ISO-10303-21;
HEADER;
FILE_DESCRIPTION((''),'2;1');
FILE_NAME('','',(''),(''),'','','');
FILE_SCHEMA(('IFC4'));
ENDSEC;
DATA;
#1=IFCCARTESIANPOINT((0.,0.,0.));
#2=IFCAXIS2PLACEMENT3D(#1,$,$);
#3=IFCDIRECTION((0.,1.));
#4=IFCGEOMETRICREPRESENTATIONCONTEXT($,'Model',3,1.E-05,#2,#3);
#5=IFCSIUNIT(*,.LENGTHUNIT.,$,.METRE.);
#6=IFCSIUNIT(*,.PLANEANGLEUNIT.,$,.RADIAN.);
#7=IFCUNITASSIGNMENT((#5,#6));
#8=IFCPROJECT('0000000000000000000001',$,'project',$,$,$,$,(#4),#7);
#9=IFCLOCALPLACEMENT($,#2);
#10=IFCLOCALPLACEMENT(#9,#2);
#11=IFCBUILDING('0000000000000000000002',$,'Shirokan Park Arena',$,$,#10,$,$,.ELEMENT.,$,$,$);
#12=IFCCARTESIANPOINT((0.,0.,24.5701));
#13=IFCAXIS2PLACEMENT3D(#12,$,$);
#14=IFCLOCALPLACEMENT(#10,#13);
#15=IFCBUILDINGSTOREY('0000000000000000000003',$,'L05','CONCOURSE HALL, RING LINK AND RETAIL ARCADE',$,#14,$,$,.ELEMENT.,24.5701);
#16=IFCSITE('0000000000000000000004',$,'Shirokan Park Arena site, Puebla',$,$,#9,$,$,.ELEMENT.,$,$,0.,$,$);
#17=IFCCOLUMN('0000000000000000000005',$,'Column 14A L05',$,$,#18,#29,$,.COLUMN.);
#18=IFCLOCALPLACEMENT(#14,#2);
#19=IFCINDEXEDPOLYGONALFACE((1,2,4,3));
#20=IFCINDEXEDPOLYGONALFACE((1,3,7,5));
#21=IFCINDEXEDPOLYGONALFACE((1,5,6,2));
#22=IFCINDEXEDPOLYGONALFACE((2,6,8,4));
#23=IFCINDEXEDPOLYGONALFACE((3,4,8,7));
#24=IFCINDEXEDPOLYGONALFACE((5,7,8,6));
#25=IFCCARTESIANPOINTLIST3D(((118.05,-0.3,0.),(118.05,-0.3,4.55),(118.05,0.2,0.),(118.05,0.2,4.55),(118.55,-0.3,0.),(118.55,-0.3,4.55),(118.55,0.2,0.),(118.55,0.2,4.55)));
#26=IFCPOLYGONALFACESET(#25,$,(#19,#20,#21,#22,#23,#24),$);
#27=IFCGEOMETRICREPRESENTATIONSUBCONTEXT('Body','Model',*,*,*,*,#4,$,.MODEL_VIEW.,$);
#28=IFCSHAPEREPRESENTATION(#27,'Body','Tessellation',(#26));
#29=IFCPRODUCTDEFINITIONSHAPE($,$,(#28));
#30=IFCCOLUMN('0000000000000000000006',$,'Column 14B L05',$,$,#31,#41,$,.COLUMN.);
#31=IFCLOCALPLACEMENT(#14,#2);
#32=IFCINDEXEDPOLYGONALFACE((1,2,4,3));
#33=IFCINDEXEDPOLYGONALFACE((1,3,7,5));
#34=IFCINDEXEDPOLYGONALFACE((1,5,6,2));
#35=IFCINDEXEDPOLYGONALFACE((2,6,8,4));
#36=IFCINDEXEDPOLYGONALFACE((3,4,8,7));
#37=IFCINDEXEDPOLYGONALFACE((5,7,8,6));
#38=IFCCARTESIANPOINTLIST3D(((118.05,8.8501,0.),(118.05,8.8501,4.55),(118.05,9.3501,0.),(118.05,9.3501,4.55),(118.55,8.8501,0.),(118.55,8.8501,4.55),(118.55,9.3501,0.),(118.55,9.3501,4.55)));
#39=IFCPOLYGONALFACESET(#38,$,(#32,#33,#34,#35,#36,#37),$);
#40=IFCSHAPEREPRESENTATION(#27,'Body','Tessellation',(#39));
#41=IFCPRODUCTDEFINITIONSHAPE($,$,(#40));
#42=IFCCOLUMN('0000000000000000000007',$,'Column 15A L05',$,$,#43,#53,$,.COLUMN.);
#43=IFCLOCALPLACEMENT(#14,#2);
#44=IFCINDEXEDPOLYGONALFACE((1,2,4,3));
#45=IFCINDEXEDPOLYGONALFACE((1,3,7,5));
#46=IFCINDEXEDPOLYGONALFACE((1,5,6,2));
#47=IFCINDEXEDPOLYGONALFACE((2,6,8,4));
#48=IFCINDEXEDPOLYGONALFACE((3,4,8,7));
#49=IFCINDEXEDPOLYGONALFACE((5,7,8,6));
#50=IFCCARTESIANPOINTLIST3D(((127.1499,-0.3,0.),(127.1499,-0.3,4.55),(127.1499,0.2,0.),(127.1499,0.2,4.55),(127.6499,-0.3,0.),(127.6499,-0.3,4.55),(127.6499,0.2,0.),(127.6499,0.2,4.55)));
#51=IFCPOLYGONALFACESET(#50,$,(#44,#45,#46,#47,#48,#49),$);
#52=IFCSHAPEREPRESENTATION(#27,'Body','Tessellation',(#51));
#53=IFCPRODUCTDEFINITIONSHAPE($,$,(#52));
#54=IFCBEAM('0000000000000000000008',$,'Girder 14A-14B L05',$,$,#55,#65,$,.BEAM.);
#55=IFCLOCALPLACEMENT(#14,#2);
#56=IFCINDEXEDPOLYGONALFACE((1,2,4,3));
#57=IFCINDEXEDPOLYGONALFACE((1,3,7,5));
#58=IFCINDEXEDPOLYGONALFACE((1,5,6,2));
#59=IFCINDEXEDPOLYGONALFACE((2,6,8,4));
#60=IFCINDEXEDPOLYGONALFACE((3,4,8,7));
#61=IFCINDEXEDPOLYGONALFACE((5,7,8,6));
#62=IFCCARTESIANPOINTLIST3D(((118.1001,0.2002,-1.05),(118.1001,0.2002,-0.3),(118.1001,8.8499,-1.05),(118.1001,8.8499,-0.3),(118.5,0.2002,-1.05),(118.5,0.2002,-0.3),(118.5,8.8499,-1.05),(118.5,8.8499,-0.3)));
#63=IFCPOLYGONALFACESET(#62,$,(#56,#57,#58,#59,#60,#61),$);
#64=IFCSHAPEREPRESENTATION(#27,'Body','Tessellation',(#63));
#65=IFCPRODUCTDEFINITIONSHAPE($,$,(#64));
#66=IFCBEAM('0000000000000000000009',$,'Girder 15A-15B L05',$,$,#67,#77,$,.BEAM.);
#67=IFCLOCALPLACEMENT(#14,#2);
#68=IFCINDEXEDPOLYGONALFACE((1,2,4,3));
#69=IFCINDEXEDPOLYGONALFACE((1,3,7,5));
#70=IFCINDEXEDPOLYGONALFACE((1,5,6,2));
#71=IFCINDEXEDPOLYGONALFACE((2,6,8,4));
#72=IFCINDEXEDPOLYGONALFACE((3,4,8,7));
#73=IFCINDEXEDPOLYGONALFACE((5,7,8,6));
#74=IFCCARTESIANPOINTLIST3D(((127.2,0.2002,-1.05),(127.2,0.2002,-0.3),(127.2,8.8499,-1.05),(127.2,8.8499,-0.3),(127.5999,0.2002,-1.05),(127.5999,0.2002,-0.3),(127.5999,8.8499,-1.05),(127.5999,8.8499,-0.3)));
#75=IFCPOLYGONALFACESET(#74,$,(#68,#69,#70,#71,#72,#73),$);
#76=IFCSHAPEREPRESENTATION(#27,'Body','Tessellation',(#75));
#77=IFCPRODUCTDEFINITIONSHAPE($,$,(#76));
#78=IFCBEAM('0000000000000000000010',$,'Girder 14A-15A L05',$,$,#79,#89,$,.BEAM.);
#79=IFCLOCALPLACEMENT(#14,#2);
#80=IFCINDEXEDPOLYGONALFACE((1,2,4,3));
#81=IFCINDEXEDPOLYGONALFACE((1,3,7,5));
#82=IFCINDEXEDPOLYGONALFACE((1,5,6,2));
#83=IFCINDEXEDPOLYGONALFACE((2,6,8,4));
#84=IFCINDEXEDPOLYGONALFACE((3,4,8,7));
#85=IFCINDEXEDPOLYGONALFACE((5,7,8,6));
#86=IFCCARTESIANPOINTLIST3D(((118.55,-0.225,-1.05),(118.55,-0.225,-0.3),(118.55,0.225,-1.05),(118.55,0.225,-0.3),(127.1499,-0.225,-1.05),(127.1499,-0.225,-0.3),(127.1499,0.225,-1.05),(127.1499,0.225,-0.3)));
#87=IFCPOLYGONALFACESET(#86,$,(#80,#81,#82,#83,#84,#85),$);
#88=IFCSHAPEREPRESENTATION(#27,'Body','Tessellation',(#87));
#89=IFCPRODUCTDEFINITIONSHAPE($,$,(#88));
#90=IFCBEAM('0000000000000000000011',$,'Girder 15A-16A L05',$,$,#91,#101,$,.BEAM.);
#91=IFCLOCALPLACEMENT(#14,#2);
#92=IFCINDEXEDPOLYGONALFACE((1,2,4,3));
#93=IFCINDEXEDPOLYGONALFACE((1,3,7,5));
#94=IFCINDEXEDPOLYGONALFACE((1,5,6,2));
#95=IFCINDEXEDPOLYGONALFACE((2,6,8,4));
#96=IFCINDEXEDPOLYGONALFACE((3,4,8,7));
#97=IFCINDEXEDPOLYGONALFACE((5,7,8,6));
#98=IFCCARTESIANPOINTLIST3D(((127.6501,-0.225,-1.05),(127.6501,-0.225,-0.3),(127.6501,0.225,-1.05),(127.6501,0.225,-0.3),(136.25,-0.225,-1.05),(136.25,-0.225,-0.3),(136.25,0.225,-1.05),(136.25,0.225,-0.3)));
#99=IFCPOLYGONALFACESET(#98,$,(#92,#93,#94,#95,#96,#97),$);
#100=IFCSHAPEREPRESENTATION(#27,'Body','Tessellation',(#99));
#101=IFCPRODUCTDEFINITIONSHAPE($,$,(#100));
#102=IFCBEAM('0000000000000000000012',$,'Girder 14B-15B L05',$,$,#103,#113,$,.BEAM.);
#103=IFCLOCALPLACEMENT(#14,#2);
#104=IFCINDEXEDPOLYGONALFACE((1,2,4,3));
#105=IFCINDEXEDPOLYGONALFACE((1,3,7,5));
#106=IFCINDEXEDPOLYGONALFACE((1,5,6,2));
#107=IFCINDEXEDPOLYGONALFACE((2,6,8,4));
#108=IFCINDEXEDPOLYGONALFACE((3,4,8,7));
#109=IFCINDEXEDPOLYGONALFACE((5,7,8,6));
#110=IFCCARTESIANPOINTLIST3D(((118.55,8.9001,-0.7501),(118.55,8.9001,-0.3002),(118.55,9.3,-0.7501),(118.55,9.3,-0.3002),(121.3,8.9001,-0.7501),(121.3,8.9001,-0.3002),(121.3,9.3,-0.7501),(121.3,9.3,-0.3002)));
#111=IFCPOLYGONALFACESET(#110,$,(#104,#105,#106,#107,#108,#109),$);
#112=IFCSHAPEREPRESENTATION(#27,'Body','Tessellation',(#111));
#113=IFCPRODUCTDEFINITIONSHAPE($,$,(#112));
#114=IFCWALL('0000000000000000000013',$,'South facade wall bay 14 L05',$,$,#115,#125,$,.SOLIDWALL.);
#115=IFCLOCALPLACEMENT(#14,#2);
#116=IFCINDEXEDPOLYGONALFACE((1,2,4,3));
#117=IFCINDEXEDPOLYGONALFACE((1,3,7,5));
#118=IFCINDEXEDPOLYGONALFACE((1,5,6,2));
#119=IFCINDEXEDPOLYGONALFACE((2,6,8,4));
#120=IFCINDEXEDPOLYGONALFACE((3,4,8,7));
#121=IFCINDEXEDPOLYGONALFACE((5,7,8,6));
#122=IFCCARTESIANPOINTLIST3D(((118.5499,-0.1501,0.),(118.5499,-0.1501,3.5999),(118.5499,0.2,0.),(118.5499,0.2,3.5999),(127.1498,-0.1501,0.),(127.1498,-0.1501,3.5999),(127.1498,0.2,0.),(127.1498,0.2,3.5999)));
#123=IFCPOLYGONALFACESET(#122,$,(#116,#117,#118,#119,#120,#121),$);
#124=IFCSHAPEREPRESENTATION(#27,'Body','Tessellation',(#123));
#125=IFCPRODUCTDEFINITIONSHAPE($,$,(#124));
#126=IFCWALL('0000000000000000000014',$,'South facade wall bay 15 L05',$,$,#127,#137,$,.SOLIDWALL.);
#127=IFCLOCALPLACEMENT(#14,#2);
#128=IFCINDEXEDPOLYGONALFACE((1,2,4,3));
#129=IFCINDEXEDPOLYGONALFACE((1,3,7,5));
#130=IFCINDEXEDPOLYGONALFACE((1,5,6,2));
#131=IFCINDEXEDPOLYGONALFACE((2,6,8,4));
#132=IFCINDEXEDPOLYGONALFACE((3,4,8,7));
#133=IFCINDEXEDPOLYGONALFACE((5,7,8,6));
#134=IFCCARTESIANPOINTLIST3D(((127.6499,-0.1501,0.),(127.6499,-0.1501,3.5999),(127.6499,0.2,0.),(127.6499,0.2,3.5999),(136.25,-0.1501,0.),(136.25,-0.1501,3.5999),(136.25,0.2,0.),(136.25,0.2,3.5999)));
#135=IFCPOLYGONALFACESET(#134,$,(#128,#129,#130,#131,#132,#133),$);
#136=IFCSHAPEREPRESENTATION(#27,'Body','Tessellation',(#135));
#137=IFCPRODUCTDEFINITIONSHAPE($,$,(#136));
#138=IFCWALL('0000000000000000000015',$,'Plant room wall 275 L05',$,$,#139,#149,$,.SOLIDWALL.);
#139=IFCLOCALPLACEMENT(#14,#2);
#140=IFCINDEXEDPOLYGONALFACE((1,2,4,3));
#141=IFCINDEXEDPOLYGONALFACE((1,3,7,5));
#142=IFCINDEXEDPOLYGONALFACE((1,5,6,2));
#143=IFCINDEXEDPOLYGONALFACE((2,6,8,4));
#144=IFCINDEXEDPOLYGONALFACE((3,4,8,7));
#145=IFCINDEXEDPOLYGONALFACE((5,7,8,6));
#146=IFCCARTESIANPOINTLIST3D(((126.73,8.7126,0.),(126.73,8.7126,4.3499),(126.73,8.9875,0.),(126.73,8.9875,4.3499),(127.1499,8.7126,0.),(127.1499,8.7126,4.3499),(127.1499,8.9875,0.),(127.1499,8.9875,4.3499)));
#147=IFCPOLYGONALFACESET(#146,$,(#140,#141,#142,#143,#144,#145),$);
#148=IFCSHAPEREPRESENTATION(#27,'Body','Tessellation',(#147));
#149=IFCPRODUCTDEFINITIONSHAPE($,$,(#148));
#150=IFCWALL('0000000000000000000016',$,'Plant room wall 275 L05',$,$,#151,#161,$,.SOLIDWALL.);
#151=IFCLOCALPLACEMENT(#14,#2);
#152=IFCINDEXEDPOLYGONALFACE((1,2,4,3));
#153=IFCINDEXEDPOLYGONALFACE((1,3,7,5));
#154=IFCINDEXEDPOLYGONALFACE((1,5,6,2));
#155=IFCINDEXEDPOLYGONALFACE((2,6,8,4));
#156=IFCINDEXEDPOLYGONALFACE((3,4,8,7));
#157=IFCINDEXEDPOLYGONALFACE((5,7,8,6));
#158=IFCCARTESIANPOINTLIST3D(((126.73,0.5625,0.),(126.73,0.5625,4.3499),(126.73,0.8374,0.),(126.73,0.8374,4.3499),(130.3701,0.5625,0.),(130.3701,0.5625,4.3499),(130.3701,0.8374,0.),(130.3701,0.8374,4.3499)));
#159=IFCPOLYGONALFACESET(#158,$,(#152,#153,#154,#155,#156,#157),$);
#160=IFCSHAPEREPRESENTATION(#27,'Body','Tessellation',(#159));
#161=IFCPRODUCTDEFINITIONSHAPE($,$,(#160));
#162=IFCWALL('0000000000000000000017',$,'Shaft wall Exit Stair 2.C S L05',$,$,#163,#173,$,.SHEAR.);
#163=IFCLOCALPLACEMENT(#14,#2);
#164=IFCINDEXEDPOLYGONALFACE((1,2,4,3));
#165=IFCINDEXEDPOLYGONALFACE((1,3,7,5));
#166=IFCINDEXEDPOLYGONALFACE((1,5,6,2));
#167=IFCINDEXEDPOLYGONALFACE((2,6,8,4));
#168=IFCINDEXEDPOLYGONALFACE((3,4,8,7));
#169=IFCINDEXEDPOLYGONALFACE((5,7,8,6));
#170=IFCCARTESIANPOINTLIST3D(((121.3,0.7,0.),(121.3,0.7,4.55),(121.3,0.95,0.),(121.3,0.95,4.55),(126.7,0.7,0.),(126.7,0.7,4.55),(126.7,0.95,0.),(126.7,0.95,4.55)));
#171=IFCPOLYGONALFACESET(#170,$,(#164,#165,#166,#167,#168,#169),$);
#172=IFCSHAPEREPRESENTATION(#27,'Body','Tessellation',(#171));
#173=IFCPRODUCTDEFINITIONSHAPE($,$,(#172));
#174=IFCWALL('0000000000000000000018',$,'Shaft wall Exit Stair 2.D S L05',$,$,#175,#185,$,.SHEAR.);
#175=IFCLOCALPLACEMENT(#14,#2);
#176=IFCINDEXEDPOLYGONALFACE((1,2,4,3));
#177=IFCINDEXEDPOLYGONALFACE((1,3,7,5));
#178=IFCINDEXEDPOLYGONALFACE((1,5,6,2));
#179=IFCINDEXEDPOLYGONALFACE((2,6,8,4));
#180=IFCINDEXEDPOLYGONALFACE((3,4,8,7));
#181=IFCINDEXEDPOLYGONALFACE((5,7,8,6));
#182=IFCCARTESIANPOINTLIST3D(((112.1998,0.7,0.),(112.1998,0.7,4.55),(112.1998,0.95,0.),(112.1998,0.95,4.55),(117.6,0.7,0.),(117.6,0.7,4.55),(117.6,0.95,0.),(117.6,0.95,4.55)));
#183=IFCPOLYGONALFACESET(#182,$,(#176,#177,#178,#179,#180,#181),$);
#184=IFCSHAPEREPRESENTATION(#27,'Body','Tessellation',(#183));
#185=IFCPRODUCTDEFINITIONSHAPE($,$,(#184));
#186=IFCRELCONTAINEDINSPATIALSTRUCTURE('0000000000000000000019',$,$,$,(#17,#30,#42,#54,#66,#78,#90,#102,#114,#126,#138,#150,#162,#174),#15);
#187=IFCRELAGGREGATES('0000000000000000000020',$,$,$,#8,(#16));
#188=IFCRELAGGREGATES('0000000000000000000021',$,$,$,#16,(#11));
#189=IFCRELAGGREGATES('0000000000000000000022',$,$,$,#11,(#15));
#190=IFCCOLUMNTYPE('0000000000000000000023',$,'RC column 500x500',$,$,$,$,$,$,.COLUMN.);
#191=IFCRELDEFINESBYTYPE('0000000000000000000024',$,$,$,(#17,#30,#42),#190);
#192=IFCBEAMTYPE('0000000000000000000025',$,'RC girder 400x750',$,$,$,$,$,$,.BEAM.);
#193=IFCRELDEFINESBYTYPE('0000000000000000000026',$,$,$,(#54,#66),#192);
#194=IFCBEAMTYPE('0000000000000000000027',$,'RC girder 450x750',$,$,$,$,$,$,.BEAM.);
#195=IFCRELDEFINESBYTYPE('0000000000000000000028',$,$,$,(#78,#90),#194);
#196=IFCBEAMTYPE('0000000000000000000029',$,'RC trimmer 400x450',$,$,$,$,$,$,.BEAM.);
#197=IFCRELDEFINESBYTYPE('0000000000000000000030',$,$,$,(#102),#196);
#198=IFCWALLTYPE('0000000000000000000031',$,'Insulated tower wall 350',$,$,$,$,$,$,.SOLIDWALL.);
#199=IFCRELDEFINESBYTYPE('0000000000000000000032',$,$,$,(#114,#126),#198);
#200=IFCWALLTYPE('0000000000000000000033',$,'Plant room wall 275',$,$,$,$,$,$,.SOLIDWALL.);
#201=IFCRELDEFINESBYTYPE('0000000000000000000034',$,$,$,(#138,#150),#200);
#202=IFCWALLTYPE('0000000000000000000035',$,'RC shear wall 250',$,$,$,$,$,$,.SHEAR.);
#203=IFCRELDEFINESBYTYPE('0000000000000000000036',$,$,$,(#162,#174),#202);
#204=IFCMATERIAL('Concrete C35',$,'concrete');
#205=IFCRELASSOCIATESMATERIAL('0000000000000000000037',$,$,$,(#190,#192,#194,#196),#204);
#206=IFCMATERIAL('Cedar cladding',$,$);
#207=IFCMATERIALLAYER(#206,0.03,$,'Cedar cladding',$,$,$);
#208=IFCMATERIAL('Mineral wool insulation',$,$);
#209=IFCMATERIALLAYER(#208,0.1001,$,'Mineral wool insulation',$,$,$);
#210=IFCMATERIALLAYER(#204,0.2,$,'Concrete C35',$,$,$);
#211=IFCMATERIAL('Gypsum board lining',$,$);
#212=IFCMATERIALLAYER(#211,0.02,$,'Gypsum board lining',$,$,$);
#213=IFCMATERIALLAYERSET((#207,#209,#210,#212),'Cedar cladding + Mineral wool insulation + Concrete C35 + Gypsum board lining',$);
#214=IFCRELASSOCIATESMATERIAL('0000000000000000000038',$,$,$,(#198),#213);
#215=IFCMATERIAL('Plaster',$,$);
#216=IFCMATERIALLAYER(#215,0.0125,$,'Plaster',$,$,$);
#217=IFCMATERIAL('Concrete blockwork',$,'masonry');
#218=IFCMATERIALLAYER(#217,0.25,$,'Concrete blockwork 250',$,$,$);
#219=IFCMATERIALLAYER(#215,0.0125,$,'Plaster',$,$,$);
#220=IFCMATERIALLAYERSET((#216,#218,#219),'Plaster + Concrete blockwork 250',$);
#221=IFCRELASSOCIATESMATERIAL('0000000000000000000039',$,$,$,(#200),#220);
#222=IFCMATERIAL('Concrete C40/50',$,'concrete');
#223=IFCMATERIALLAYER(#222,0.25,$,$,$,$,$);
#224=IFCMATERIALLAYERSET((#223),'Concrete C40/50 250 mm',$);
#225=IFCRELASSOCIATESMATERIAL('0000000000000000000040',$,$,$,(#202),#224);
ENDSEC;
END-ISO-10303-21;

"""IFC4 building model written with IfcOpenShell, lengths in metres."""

from ifc_helpers import new_model, si_unit, direction, frame, frame_2d, origin, origin_2d, place, context, subcontext, project, spatial, rectangle, extrude, material, layer, layer_set, material_profile, profile_set, type_object, element, save


model = new_model("IFC4")

# Units and contexts
model_context = context("Model", 3, precision=1e-05, world=origin(), true_north=direction((0.0, 1.0)))
body_context = subcontext(model_context, "Body", "Model", "MODEL_VIEW")
ifc_project = project(units=[si_unit("LENGTHUNIT", "METRE"), si_unit("PLANEANGLEUNIT", "RADIAN")], contexts=[model_context])

# Site, building, storey
site_placement = place(None, origin())
site = spatial("IfcSite", under=ifc_project, at=site_placement, Name="Shirokan Park Arena site, Puebla", CompositionType="ELEMENT", RefElevation=0.0)
building_placement = place(site_placement, origin())
building = spatial("IfcBuilding", under=site, at=building_placement, Name="Shirokan Park Arena", CompositionType="ELEMENT")
storey_placement = place(building_placement, frame((0.0, 0.0, 24.5701)))
storey = spatial("IfcBuildingStorey", under=building, at=storey_placement, Name="L05", Description="CONCOURSE HALL, RING LINK AND RETAIL ARCADE", CompositionType="ELEMENT", Elevation=24.5701)

# Columns
ifc_material_1 = material(Name="Concrete C35", Category="concrete")
ifc_material_profile_1 = material_profile(ifc_material_1, rectangle(XDim=0.5, YDim=0.5, at=origin_2d()), Name="500x500")
ifc_profile_set_1 = profile_set([ifc_material_profile_1], Name="Concrete C35")
column_type = type_object("IfcColumnType", Name="RC column 500x500", PredefinedType="COLUMN", material=ifc_profile_set_1)
for number, where, z_axis, x_axis, name in (
    (1, (118.3, -0.05, 0.0), (0.0, 0.0, 1.0), (1.0, 0.0, 0.0), "Column 14A L05"),
    (2, (118.3, 9.1001, 0.0), (0.0, 0.0, 1.0), (1.0, 0.0, 0.0), "Column 14B L05"),
    (3, (127.3999, -0.05, 0.0), (0.0, 0.0, 1.0), (1.0, 0.0, 0.0), "Column 15A L05"),
):
    element("IfcColumn", number, at=place(storey_placement, frame(where, z_axis=z_axis, x_axis=x_axis)), inside=storey, type_object=column_type, Name=name, PredefinedType="COLUMN", context=body_context, shape_type="SweptSolid", body=[
        extrude(rectangle(XDim=0.5, YDim=0.5, at=origin_2d()), origin(), (0.0, 0.0, 1.0), 4.55),
    ])

# Beams
ifc_material_profile_2 = material_profile(ifc_material_1, rectangle(XDim=0.3999, YDim=0.75, at=origin_2d()), Name="400x750")
ifc_profile_set_2 = profile_set([ifc_material_profile_2], Name="Concrete C35")
beam_type_1 = type_object("IfcBeamType", Name="RC girder 400x750", PredefinedType="BEAM", material=ifc_profile_set_2)
for number, where, z_axis, x_axis, name in (
    (4, (118.3, 0.2002, -0.675), (0.0, 1.0, 0.0), (-1.0, 0.0, 0.0), "Girder 14A-14B L05"),
    (5, (127.3999, 0.2002, -0.675), (0.0, 1.0, 0.0), (-1.0, 0.0, 0.0), "Girder 15A-15B L05"),
):
    element("IfcBeam", number, at=place(storey_placement, frame(where, z_axis=z_axis, x_axis=x_axis)), inside=storey, type_object=beam_type_1, Name=name, PredefinedType="BEAM", context=body_context, shape_type="SweptSolid", body=[
        extrude(rectangle(XDim=0.3999, YDim=0.75, at=origin_2d()), origin(), (0.0, 0.0, 1.0), 8.6497),
    ])
ifc_material_profile_3 = material_profile(ifc_material_1, rectangle(XDim=0.45, YDim=0.75, at=origin_2d()), Name="450x750")
ifc_profile_set_3 = profile_set([ifc_material_profile_3], Name="Concrete C35")
beam_type_2 = type_object("IfcBeamType", Name="RC girder 450x750", PredefinedType="BEAM", material=ifc_profile_set_3)
for number, where, z_axis, x_axis, name in (
    (6, (118.55, 0.0, -0.675), (1.0, 0.0, 0.0), (0.0, 1.0, 0.0), "Girder 14A-15A L05"),
    (7, (127.6501, 0.0, -0.675), (1.0, 0.0, 0.0), (0.0, 1.0, 0.0), "Girder 15A-16A L05"),
):
    element("IfcBeam", number, at=place(storey_placement, frame(where, z_axis=z_axis, x_axis=x_axis)), inside=storey, type_object=beam_type_2, Name=name, PredefinedType="BEAM", context=body_context, shape_type="SweptSolid", body=[
        extrude(rectangle(XDim=0.45, YDim=0.75, at=origin_2d()), origin(), (0.0, 0.0, 1.0), 8.5999),
    ])
ifc_material_profile_4 = material_profile(ifc_material_1, rectangle(XDim=0.3999, YDim=0.45, at=origin_2d()), Name="400x450")
ifc_profile_set_4 = profile_set([ifc_material_profile_4], Name="Concrete C35")
beam_type_3 = type_object("IfcBeamType", Name="RC trimmer 400x450", PredefinedType="BEAM", material=ifc_profile_set_4)
beam_placement = place(storey_placement, frame((118.55, 9.1001, -0.5251), z_axis=(1.0, 0.0, 0.0), x_axis=(0.0, 1.0, 0.0)))
element("IfcBeam", 8, at=beam_placement, inside=storey, type_object=beam_type_3, Name="Girder 14B-15B L05", PredefinedType="BEAM", context=body_context, shape_type="SweptSolid", body=[
    extrude(rectangle(XDim=0.3999, YDim=0.45, at=origin_2d()), origin(), (0.0, 0.0, 1.0), 2.75),
])

# Walls
ifc_material_2 = material(Name="Cedar cladding")
ifc_layer_1 = layer(ifc_material_2, 0.03, Name="Cedar cladding")
ifc_material_3 = material(Name="Mineral wool insulation")
ifc_layer_2 = layer(ifc_material_3, 0.1001, Name="Mineral wool insulation")
ifc_layer_3 = layer(ifc_material_1, 0.2, Name="Concrete C35")
ifc_material_4 = material(Name="Gypsum board lining")
ifc_layer_4 = layer(ifc_material_4, 0.02, Name="Gypsum board lining")
ifc_layer_set_1 = layer_set([ifc_layer_1, ifc_layer_2, ifc_layer_3, ifc_layer_4], Name="Cedar cladding + Mineral wool insulation + Concrete C35 + Gypsum board lining")
wall_type_1 = type_object("IfcWallType", Name="Insulated tower wall 350", PredefinedType="SOLIDWALL", material=ifc_layer_set_1)
wall_1_placement = place(storey_placement, frame((118.55, 0.0249, 0.0), z_axis=(0.0, 0.0, 1.0), x_axis=(1.0, 0.0, 0.0)))
element("IfcWall", 9, at=wall_1_placement, inside=storey, type_object=wall_type_1, Name="South facade wall bay 14 L05", PredefinedType="SOLIDWALL", context=body_context, shape_type="SweptSolid", body=[
    extrude(rectangle(XDim=8.5999, YDim=0.3501, at=frame_2d((4.2998, 0.0))), origin(), (0.0, 0.0, 1.0), 3.5999),
])
wall_2_placement = place(storey_placement, frame((127.6499, 0.0249, 0.0), z_axis=(0.0, 0.0, 1.0), x_axis=(1.0, 0.0, 0.0)))
element("IfcWall", 10, at=wall_2_placement, inside=storey, type_object=wall_type_1, Name="South facade wall bay 15 L05", PredefinedType="SOLIDWALL", context=body_context, shape_type="SweptSolid", body=[
    extrude(rectangle(XDim=8.6001, YDim=0.3501, at=frame_2d((4.3, 0.0))), origin(), (0.0, 0.0, 1.0), 3.5999),
])
ifc_material_5 = material(Name="Plaster")
ifc_layer_5 = layer(ifc_material_5, 0.0125, Name="Plaster")
ifc_material_6 = material(Name="Concrete blockwork", Category="masonry")
ifc_layer_6 = layer(ifc_material_6, 0.25, Name="Concrete blockwork 250")
ifc_layer_7 = layer(ifc_material_5, 0.0125, Name="Plaster")
ifc_layer_set_2 = layer_set([ifc_layer_5, ifc_layer_6, ifc_layer_7], Name="Plaster + Concrete blockwork 250")
wall_type_2 = type_object("IfcWallType", Name="Plant room wall 275", PredefinedType="SOLIDWALL", material=ifc_layer_set_2)
wall_3_placement = place(storey_placement, frame((126.73, 8.8501, 0.0), z_axis=(0.0, 0.0, 1.0), x_axis=(1.0, 0.0, 0.0)))
element("IfcWall", 11, at=wall_3_placement, inside=storey, type_object=wall_type_2, Name="Plant room wall 275 L05", PredefinedType="SOLIDWALL", context=body_context, shape_type="SweptSolid", body=[
    extrude(rectangle(XDim=0.4199, YDim=0.2749, at=frame_2d((0.21, 0.0))), origin(), (0.0, 0.0, 1.0), 4.3499),
])
wall_4_placement = place(storey_placement, frame((130.3701, 0.7, 0.0), z_axis=(0.0, 0.0, 1.0), x_axis=(-1.0, 0.0, 0.0)))
element("IfcWall", 12, at=wall_4_placement, inside=storey, type_object=wall_type_2, Name="Plant room wall 275 L05", PredefinedType="SOLIDWALL", context=body_context, shape_type="SweptSolid", body=[
    extrude(rectangle(XDim=3.6401, YDim=0.2749, at=frame_2d((1.8201, 0.0))), origin(), (0.0, 0.0, 1.0), 4.3499),
])
ifc_material_7 = material(Name="Concrete C40/50", Category="concrete")
ifc_layer_8 = layer(ifc_material_7, 0.25)
ifc_layer_set_3 = layer_set([ifc_layer_8], Name="Concrete C40/50 250 mm")
wall_type_3 = type_object("IfcWallType", Name="RC shear wall 250", PredefinedType="SHEAR", material=ifc_layer_set_3)
wall_5_placement = place(storey_placement, frame((126.7, 0.825, 0.0), z_axis=(0.0, 0.0, 1.0), x_axis=(-1.0, 0.0, 0.0)))
element("IfcWall", 13, at=wall_5_placement, inside=storey, type_object=wall_type_3, Name="Shaft wall Exit Stair 2.C S L05", PredefinedType="SHEAR", context=body_context, shape_type="SweptSolid", body=[
    extrude(rectangle(XDim=5.3999, YDim=0.25, at=frame_2d((2.7, 0.0))), origin(), (0.0, 0.0, 1.0), 4.55),
])
wall_6_placement = place(storey_placement, frame((117.6001, 0.825, 0.0), z_axis=(0.0, 0.0, 1.0), x_axis=(-1.0, 0.0, 0.0)))
element("IfcWall", 14, at=wall_6_placement, inside=storey, type_object=wall_type_3, Name="Shaft wall Exit Stair 2.D S L05", PredefinedType="SHEAR", context=body_context, shape_type="SweptSolid", body=[
    extrude(rectangle(XDim=5.4001, YDim=0.25, at=frame_2d((2.7002, 0.0))), origin(), (0.0, 0.0, 1.0), 4.55),
])

save(model, "model.ifc")
